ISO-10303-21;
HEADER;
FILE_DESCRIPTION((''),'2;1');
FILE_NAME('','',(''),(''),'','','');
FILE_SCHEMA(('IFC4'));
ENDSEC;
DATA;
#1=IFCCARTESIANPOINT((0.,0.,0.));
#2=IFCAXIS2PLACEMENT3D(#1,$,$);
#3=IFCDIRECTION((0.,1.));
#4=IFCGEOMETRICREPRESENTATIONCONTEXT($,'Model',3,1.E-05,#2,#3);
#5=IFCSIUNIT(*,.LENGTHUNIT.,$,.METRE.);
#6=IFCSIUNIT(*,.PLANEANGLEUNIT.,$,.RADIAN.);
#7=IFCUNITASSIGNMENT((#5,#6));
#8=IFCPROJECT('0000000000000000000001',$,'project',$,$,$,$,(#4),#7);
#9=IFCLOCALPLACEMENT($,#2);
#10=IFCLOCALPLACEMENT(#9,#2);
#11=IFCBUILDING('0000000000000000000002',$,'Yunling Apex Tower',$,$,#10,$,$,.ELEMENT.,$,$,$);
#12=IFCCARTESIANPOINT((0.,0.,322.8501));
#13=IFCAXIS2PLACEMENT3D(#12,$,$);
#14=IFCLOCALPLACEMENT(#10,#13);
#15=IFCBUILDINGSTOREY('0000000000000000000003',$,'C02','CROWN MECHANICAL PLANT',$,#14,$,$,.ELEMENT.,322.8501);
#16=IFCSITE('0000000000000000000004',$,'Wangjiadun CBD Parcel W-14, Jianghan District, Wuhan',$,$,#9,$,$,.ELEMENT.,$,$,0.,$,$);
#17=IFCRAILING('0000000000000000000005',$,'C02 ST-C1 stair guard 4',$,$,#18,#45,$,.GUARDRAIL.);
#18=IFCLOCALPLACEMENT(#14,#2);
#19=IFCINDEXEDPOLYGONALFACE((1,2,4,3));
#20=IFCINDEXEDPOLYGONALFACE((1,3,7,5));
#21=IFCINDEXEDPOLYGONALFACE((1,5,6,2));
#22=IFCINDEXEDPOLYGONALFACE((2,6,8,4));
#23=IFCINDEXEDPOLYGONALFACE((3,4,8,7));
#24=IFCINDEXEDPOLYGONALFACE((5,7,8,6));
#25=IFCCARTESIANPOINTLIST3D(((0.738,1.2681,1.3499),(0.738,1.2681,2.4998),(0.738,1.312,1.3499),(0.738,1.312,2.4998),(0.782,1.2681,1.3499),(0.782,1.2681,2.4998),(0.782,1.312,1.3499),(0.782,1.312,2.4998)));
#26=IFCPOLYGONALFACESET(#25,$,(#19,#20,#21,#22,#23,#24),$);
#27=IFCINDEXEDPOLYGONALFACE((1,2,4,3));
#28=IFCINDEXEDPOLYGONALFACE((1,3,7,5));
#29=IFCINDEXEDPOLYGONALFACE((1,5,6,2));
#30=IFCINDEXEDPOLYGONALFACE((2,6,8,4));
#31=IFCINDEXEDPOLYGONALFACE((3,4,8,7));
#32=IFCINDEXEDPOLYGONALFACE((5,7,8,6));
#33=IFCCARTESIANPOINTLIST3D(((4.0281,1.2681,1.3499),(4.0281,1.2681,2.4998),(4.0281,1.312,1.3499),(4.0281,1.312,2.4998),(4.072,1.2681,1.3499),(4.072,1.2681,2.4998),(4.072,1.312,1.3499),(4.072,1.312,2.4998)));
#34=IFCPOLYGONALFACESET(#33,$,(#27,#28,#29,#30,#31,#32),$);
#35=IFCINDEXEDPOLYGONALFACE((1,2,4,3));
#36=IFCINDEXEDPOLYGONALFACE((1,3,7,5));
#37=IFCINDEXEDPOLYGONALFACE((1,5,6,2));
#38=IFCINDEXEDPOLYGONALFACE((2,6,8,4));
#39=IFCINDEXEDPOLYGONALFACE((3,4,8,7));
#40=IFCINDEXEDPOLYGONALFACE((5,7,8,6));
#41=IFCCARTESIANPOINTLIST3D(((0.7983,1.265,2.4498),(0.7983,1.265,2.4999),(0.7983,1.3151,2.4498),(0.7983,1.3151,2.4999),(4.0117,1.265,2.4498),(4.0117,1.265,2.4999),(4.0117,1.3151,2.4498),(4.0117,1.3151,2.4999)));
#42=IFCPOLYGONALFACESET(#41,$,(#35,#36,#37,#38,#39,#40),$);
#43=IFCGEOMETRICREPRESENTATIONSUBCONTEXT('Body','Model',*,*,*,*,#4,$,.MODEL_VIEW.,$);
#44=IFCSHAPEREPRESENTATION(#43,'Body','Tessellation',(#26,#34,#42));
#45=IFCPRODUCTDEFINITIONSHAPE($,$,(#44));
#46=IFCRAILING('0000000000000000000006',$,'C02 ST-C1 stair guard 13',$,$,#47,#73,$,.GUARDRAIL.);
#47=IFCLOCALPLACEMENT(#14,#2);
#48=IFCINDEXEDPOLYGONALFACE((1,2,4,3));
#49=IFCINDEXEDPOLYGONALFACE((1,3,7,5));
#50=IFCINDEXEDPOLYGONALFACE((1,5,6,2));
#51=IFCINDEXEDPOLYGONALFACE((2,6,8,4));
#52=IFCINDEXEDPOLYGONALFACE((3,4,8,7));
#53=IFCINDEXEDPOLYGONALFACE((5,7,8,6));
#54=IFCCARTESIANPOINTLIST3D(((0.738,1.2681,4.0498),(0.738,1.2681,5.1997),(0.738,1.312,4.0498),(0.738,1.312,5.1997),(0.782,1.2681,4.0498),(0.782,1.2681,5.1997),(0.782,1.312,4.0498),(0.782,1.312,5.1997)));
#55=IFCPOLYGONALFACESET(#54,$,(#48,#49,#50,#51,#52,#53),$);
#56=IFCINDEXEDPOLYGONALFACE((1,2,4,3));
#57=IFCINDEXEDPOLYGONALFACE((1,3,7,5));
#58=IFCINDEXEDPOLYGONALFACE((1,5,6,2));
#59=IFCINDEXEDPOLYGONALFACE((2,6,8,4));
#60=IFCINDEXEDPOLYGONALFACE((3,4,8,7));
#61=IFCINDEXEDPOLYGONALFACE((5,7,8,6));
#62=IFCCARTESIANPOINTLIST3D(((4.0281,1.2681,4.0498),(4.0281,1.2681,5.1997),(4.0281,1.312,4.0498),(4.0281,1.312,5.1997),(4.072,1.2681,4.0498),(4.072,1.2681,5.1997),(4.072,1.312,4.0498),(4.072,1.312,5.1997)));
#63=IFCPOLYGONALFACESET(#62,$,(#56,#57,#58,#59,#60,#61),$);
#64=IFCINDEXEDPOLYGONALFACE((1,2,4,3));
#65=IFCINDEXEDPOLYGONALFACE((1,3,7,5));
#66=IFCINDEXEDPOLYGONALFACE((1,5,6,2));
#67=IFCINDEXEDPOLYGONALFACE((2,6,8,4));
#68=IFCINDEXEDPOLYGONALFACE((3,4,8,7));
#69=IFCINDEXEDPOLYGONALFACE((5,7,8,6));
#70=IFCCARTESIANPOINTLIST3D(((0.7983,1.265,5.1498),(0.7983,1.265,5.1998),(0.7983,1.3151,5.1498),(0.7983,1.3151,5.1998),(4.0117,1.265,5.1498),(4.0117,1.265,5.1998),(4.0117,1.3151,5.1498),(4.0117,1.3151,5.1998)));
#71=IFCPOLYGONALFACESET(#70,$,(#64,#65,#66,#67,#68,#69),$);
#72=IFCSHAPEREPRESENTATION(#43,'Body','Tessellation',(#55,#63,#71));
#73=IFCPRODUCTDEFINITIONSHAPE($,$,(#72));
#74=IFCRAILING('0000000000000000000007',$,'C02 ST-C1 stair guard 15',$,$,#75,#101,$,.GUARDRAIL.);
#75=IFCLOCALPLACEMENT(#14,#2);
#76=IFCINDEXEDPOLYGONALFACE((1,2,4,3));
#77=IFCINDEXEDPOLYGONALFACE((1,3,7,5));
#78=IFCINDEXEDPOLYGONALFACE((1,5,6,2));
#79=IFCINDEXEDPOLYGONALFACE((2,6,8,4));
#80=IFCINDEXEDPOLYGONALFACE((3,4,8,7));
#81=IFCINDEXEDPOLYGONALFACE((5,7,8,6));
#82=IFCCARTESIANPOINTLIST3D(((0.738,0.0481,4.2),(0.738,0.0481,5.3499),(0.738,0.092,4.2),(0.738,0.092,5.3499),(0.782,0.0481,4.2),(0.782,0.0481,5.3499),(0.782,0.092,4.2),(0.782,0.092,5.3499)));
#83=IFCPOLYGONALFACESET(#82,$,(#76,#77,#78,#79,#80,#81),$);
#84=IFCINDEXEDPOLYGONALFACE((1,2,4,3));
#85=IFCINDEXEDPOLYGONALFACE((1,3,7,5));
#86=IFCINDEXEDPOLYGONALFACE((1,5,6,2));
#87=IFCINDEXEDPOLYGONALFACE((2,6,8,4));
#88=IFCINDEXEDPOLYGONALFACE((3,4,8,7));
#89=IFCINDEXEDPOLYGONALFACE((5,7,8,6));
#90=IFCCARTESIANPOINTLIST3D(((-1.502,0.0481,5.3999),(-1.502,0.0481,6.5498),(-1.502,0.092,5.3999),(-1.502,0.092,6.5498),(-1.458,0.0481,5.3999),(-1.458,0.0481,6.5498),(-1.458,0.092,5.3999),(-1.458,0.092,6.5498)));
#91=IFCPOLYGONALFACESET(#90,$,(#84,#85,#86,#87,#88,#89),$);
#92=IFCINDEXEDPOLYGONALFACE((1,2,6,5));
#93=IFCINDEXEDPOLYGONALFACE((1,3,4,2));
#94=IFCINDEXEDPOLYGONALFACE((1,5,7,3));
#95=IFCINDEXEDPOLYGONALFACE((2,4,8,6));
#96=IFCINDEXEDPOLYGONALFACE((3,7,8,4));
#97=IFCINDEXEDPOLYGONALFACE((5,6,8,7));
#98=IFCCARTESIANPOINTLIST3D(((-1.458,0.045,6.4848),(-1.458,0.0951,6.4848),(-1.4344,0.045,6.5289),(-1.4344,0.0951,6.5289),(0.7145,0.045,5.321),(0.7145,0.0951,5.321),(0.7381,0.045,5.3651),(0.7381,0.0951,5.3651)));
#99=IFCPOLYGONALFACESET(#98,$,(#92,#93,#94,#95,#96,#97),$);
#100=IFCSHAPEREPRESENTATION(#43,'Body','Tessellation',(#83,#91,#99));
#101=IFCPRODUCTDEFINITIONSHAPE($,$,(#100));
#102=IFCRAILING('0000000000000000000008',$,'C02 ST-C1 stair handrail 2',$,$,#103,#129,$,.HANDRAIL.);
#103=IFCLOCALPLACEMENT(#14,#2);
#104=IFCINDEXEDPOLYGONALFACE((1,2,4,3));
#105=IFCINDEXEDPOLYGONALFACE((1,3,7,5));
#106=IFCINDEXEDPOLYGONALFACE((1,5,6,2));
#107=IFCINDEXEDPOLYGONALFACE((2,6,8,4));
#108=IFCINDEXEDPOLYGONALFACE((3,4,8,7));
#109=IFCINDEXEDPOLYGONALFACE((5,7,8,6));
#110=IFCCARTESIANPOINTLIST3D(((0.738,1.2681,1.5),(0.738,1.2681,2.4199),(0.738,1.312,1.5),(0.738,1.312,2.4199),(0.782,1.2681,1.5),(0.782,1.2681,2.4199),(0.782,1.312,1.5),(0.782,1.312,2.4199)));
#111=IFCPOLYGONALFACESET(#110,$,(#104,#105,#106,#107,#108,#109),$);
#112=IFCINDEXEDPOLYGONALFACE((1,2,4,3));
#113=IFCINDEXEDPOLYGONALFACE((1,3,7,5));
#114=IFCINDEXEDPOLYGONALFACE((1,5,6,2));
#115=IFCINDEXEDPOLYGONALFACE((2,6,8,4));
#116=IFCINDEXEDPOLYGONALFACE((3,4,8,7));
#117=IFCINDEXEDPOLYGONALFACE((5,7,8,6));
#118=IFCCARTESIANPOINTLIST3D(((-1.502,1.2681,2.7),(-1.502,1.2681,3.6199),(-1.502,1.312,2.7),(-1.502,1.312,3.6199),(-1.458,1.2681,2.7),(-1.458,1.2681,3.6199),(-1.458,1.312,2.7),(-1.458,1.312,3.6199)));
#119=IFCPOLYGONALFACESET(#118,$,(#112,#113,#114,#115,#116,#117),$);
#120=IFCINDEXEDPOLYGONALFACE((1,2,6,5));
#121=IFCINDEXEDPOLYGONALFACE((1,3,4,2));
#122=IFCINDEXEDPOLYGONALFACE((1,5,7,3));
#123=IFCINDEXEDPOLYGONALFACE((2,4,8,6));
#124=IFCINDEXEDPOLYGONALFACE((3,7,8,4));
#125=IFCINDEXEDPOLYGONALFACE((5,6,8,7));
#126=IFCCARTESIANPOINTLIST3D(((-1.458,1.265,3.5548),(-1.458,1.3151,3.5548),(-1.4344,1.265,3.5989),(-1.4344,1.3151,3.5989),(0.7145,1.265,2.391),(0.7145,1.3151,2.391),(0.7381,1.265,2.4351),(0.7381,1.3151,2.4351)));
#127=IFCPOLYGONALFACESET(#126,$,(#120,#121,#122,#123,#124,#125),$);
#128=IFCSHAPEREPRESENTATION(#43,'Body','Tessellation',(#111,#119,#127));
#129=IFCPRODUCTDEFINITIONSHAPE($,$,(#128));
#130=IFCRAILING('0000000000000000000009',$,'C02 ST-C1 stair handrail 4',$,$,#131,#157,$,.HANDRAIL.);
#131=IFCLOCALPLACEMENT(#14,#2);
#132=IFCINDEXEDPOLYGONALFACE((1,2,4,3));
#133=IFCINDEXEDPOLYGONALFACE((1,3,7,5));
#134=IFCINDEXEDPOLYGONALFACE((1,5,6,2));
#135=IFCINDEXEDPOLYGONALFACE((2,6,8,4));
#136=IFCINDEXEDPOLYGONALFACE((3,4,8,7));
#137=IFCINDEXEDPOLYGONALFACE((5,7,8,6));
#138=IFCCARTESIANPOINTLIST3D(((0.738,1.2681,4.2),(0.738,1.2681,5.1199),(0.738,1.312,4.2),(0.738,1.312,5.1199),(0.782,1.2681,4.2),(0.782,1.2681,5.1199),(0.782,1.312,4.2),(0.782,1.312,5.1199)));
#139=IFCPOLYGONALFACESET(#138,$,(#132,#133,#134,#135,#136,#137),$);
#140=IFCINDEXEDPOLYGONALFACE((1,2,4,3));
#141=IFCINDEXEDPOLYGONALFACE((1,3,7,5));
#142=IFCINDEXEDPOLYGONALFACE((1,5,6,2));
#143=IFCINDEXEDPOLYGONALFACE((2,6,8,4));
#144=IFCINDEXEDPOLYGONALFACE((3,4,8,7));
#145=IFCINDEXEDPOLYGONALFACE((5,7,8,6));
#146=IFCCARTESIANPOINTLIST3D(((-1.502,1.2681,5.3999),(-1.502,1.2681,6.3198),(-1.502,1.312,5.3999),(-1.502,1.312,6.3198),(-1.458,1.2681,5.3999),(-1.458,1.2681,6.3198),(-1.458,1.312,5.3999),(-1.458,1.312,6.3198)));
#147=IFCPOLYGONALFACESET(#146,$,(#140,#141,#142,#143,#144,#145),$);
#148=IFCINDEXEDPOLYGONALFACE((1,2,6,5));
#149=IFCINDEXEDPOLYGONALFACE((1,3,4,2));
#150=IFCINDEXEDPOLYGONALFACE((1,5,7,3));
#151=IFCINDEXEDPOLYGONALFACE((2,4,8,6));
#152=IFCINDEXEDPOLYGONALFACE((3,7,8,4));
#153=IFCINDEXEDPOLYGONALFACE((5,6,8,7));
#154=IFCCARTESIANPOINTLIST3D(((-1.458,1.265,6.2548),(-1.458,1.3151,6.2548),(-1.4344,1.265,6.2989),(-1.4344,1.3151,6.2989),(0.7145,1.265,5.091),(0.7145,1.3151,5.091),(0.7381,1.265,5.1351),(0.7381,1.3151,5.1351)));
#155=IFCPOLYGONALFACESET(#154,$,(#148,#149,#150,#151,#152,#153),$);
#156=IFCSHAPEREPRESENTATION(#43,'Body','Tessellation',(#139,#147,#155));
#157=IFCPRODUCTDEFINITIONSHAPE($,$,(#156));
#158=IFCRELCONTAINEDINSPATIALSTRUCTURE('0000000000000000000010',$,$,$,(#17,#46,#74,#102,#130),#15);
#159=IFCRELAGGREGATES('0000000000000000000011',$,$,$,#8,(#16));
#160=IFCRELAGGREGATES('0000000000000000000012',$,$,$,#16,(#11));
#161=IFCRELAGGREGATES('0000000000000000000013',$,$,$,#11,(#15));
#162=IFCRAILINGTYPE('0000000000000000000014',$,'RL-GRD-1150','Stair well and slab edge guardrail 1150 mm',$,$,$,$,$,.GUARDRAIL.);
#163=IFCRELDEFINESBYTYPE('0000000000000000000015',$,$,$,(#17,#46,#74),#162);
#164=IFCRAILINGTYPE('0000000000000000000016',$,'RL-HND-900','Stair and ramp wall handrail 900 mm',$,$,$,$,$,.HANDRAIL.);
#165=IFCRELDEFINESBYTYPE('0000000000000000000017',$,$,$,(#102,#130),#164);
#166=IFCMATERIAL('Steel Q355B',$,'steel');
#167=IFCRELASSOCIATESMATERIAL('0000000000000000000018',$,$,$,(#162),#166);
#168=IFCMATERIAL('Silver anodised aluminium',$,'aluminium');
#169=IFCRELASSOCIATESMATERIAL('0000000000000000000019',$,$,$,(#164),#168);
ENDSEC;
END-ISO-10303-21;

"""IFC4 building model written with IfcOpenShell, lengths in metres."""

from ifc_helpers import new_model, si_unit, direction, frame, origin, origin_2d, place, context, subcontext, project, spatial, rectangle, extrude, material, type_object, element, save


model = new_model("IFC4")

# Units and contexts
model_context = context("Model", 3, precision=1e-05, world=origin(), true_north=direction((0.0, 1.0)))
body_context = subcontext(model_context, "Body", "Model", "MODEL_VIEW")
ifc_project = project(units=[si_unit("LENGTHUNIT", "METRE"), si_unit("PLANEANGLEUNIT", "RADIAN")], contexts=[model_context])

# Site, building, storey
site_placement = place(None, origin())
site = spatial("IfcSite", under=ifc_project, at=site_placement, Name="Wangjiadun CBD Parcel W-14, Jianghan District, Wuhan", CompositionType="ELEMENT", RefElevation=0.0)
building_placement = place(site_placement, origin())
building = spatial("IfcBuilding", under=site, at=building_placement, Name="Yunling Apex Tower", CompositionType="ELEMENT")
storey_placement = place(building_placement, frame((0.0, 0.0, 322.8501)))
storey = spatial("IfcBuildingStorey", under=building, at=storey_placement, Name="C02", Description="CROWN MECHANICAL PLANT", CompositionType="ELEMENT", Elevation=322.8501)

# Shared definitions
ifc_material_1 = material(Name="Steel Q355B", Category="steel")

# Railings
railing_type_1 = type_object("IfcRailingType", Name="RL-GRD-1150", Description="Stair well and slab edge guardrail 1150 mm", PredefinedType="GUARDRAIL", material=ifc_material_1)
for number, where, name in (
    (1, (0.76, 1.29, 1.3499), "C02 ST-C1 stair guard 4"),
    (2, (0.76, 1.29, 4.0498), "C02 ST-C1 stair guard 13"),
):
    element("IfcRailing", number, at=place(storey_placement, frame(where)), inside=storey, type_object=railing_type_1, Name=name, PredefinedType="GUARDRAIL", context=body_context, shape_type="SweptSolid", body=[
        extrude(rectangle(XDim=0.0439, YDim=0.0439, at=origin_2d()), origin(), (0.0, 0.0, 1.0), 1.1499),
        extrude(rectangle(XDim=0.0439, YDim=0.0439, at=origin_2d()), frame((3.29, 0.0, 0.0)), (0.0, 0.0, 1.0), 1.1499),
        extrude(rectangle(XDim=0.05, YDim=0.05, at=origin_2d()), frame((0.0383, 0.0, 1.125), z_axis=(1.0, 0.0, 0.0), x_axis=(0.0, 1.0, 0.0)), (0.0, 0.0, 1.0), 3.2134),
    ])
railing_1_placement = place(storey_placement, frame((0.76, 0.0701, 4.2)))
element("IfcRailing", 3, at=railing_1_placement, inside=storey, type_object=railing_type_1, Name="C02 ST-C1 stair guard 15", PredefinedType="GUARDRAIL", context=body_context, shape_type="SweptSolid", body=[
    extrude(rectangle(XDim=0.0439, YDim=0.0439, at=origin_2d()), origin(), (0.0, 0.0, 1.0), 1.1499),
    extrude(rectangle(XDim=0.0439, YDim=0.0439, at=origin_2d()), frame((-2.24, 0.0, 1.2)), (0.0, 0.0, 1.0), 1.1499),
    extrude(rectangle(XDim=0.05, YDim=0.05, at=origin_2d()), frame((-0.0337, 0.0, 1.1431), z_axis=(-0.881487, 0.0, 0.472208), x_axis=(0.0, -1.0, 0.0)), (0.0, 0.0, 1.0), 2.4646),
])
ifc_material_2 = material(Name="Silver anodised aluminium", Category="aluminium")
railing_type_2 = type_object("IfcRailingType", Name="RL-HND-900", Description="Stair and ramp wall handrail 900 mm", PredefinedType="HANDRAIL", material=ifc_material_2)
for number, where, name in (
    (4, (0.76, 1.29, 1.5), "C02 ST-C1 stair handrail 2"),
    (5, (0.76, 1.29, 4.2), "C02 ST-C1 stair handrail 4"),
):
    element("IfcRailing", number, at=place(storey_placement, frame(where)), inside=storey, type_object=railing_type_2, Name=name, PredefinedType="HANDRAIL", context=body_context, shape_type="SweptSolid", body=[
        extrude(rectangle(XDim=0.0439, YDim=0.0439, at=origin_2d()), origin(), (0.0, 0.0, 1.0), 0.9199),
        extrude(rectangle(XDim=0.0439, YDim=0.0439, at=origin_2d()), frame((-2.24, 0.0, 1.2)), (0.0, 0.0, 1.0), 0.9199),
        extrude(rectangle(XDim=0.05, YDim=0.05, at=origin_2d()), frame((-0.0337, 0.0, 0.9131), z_axis=(-0.881487, 0.0, 0.472208), x_axis=(0.0, -1.0, 0.0)), (0.0, 0.0, 1.0), 2.4646),
    ])

save(model, "model.ifc")
